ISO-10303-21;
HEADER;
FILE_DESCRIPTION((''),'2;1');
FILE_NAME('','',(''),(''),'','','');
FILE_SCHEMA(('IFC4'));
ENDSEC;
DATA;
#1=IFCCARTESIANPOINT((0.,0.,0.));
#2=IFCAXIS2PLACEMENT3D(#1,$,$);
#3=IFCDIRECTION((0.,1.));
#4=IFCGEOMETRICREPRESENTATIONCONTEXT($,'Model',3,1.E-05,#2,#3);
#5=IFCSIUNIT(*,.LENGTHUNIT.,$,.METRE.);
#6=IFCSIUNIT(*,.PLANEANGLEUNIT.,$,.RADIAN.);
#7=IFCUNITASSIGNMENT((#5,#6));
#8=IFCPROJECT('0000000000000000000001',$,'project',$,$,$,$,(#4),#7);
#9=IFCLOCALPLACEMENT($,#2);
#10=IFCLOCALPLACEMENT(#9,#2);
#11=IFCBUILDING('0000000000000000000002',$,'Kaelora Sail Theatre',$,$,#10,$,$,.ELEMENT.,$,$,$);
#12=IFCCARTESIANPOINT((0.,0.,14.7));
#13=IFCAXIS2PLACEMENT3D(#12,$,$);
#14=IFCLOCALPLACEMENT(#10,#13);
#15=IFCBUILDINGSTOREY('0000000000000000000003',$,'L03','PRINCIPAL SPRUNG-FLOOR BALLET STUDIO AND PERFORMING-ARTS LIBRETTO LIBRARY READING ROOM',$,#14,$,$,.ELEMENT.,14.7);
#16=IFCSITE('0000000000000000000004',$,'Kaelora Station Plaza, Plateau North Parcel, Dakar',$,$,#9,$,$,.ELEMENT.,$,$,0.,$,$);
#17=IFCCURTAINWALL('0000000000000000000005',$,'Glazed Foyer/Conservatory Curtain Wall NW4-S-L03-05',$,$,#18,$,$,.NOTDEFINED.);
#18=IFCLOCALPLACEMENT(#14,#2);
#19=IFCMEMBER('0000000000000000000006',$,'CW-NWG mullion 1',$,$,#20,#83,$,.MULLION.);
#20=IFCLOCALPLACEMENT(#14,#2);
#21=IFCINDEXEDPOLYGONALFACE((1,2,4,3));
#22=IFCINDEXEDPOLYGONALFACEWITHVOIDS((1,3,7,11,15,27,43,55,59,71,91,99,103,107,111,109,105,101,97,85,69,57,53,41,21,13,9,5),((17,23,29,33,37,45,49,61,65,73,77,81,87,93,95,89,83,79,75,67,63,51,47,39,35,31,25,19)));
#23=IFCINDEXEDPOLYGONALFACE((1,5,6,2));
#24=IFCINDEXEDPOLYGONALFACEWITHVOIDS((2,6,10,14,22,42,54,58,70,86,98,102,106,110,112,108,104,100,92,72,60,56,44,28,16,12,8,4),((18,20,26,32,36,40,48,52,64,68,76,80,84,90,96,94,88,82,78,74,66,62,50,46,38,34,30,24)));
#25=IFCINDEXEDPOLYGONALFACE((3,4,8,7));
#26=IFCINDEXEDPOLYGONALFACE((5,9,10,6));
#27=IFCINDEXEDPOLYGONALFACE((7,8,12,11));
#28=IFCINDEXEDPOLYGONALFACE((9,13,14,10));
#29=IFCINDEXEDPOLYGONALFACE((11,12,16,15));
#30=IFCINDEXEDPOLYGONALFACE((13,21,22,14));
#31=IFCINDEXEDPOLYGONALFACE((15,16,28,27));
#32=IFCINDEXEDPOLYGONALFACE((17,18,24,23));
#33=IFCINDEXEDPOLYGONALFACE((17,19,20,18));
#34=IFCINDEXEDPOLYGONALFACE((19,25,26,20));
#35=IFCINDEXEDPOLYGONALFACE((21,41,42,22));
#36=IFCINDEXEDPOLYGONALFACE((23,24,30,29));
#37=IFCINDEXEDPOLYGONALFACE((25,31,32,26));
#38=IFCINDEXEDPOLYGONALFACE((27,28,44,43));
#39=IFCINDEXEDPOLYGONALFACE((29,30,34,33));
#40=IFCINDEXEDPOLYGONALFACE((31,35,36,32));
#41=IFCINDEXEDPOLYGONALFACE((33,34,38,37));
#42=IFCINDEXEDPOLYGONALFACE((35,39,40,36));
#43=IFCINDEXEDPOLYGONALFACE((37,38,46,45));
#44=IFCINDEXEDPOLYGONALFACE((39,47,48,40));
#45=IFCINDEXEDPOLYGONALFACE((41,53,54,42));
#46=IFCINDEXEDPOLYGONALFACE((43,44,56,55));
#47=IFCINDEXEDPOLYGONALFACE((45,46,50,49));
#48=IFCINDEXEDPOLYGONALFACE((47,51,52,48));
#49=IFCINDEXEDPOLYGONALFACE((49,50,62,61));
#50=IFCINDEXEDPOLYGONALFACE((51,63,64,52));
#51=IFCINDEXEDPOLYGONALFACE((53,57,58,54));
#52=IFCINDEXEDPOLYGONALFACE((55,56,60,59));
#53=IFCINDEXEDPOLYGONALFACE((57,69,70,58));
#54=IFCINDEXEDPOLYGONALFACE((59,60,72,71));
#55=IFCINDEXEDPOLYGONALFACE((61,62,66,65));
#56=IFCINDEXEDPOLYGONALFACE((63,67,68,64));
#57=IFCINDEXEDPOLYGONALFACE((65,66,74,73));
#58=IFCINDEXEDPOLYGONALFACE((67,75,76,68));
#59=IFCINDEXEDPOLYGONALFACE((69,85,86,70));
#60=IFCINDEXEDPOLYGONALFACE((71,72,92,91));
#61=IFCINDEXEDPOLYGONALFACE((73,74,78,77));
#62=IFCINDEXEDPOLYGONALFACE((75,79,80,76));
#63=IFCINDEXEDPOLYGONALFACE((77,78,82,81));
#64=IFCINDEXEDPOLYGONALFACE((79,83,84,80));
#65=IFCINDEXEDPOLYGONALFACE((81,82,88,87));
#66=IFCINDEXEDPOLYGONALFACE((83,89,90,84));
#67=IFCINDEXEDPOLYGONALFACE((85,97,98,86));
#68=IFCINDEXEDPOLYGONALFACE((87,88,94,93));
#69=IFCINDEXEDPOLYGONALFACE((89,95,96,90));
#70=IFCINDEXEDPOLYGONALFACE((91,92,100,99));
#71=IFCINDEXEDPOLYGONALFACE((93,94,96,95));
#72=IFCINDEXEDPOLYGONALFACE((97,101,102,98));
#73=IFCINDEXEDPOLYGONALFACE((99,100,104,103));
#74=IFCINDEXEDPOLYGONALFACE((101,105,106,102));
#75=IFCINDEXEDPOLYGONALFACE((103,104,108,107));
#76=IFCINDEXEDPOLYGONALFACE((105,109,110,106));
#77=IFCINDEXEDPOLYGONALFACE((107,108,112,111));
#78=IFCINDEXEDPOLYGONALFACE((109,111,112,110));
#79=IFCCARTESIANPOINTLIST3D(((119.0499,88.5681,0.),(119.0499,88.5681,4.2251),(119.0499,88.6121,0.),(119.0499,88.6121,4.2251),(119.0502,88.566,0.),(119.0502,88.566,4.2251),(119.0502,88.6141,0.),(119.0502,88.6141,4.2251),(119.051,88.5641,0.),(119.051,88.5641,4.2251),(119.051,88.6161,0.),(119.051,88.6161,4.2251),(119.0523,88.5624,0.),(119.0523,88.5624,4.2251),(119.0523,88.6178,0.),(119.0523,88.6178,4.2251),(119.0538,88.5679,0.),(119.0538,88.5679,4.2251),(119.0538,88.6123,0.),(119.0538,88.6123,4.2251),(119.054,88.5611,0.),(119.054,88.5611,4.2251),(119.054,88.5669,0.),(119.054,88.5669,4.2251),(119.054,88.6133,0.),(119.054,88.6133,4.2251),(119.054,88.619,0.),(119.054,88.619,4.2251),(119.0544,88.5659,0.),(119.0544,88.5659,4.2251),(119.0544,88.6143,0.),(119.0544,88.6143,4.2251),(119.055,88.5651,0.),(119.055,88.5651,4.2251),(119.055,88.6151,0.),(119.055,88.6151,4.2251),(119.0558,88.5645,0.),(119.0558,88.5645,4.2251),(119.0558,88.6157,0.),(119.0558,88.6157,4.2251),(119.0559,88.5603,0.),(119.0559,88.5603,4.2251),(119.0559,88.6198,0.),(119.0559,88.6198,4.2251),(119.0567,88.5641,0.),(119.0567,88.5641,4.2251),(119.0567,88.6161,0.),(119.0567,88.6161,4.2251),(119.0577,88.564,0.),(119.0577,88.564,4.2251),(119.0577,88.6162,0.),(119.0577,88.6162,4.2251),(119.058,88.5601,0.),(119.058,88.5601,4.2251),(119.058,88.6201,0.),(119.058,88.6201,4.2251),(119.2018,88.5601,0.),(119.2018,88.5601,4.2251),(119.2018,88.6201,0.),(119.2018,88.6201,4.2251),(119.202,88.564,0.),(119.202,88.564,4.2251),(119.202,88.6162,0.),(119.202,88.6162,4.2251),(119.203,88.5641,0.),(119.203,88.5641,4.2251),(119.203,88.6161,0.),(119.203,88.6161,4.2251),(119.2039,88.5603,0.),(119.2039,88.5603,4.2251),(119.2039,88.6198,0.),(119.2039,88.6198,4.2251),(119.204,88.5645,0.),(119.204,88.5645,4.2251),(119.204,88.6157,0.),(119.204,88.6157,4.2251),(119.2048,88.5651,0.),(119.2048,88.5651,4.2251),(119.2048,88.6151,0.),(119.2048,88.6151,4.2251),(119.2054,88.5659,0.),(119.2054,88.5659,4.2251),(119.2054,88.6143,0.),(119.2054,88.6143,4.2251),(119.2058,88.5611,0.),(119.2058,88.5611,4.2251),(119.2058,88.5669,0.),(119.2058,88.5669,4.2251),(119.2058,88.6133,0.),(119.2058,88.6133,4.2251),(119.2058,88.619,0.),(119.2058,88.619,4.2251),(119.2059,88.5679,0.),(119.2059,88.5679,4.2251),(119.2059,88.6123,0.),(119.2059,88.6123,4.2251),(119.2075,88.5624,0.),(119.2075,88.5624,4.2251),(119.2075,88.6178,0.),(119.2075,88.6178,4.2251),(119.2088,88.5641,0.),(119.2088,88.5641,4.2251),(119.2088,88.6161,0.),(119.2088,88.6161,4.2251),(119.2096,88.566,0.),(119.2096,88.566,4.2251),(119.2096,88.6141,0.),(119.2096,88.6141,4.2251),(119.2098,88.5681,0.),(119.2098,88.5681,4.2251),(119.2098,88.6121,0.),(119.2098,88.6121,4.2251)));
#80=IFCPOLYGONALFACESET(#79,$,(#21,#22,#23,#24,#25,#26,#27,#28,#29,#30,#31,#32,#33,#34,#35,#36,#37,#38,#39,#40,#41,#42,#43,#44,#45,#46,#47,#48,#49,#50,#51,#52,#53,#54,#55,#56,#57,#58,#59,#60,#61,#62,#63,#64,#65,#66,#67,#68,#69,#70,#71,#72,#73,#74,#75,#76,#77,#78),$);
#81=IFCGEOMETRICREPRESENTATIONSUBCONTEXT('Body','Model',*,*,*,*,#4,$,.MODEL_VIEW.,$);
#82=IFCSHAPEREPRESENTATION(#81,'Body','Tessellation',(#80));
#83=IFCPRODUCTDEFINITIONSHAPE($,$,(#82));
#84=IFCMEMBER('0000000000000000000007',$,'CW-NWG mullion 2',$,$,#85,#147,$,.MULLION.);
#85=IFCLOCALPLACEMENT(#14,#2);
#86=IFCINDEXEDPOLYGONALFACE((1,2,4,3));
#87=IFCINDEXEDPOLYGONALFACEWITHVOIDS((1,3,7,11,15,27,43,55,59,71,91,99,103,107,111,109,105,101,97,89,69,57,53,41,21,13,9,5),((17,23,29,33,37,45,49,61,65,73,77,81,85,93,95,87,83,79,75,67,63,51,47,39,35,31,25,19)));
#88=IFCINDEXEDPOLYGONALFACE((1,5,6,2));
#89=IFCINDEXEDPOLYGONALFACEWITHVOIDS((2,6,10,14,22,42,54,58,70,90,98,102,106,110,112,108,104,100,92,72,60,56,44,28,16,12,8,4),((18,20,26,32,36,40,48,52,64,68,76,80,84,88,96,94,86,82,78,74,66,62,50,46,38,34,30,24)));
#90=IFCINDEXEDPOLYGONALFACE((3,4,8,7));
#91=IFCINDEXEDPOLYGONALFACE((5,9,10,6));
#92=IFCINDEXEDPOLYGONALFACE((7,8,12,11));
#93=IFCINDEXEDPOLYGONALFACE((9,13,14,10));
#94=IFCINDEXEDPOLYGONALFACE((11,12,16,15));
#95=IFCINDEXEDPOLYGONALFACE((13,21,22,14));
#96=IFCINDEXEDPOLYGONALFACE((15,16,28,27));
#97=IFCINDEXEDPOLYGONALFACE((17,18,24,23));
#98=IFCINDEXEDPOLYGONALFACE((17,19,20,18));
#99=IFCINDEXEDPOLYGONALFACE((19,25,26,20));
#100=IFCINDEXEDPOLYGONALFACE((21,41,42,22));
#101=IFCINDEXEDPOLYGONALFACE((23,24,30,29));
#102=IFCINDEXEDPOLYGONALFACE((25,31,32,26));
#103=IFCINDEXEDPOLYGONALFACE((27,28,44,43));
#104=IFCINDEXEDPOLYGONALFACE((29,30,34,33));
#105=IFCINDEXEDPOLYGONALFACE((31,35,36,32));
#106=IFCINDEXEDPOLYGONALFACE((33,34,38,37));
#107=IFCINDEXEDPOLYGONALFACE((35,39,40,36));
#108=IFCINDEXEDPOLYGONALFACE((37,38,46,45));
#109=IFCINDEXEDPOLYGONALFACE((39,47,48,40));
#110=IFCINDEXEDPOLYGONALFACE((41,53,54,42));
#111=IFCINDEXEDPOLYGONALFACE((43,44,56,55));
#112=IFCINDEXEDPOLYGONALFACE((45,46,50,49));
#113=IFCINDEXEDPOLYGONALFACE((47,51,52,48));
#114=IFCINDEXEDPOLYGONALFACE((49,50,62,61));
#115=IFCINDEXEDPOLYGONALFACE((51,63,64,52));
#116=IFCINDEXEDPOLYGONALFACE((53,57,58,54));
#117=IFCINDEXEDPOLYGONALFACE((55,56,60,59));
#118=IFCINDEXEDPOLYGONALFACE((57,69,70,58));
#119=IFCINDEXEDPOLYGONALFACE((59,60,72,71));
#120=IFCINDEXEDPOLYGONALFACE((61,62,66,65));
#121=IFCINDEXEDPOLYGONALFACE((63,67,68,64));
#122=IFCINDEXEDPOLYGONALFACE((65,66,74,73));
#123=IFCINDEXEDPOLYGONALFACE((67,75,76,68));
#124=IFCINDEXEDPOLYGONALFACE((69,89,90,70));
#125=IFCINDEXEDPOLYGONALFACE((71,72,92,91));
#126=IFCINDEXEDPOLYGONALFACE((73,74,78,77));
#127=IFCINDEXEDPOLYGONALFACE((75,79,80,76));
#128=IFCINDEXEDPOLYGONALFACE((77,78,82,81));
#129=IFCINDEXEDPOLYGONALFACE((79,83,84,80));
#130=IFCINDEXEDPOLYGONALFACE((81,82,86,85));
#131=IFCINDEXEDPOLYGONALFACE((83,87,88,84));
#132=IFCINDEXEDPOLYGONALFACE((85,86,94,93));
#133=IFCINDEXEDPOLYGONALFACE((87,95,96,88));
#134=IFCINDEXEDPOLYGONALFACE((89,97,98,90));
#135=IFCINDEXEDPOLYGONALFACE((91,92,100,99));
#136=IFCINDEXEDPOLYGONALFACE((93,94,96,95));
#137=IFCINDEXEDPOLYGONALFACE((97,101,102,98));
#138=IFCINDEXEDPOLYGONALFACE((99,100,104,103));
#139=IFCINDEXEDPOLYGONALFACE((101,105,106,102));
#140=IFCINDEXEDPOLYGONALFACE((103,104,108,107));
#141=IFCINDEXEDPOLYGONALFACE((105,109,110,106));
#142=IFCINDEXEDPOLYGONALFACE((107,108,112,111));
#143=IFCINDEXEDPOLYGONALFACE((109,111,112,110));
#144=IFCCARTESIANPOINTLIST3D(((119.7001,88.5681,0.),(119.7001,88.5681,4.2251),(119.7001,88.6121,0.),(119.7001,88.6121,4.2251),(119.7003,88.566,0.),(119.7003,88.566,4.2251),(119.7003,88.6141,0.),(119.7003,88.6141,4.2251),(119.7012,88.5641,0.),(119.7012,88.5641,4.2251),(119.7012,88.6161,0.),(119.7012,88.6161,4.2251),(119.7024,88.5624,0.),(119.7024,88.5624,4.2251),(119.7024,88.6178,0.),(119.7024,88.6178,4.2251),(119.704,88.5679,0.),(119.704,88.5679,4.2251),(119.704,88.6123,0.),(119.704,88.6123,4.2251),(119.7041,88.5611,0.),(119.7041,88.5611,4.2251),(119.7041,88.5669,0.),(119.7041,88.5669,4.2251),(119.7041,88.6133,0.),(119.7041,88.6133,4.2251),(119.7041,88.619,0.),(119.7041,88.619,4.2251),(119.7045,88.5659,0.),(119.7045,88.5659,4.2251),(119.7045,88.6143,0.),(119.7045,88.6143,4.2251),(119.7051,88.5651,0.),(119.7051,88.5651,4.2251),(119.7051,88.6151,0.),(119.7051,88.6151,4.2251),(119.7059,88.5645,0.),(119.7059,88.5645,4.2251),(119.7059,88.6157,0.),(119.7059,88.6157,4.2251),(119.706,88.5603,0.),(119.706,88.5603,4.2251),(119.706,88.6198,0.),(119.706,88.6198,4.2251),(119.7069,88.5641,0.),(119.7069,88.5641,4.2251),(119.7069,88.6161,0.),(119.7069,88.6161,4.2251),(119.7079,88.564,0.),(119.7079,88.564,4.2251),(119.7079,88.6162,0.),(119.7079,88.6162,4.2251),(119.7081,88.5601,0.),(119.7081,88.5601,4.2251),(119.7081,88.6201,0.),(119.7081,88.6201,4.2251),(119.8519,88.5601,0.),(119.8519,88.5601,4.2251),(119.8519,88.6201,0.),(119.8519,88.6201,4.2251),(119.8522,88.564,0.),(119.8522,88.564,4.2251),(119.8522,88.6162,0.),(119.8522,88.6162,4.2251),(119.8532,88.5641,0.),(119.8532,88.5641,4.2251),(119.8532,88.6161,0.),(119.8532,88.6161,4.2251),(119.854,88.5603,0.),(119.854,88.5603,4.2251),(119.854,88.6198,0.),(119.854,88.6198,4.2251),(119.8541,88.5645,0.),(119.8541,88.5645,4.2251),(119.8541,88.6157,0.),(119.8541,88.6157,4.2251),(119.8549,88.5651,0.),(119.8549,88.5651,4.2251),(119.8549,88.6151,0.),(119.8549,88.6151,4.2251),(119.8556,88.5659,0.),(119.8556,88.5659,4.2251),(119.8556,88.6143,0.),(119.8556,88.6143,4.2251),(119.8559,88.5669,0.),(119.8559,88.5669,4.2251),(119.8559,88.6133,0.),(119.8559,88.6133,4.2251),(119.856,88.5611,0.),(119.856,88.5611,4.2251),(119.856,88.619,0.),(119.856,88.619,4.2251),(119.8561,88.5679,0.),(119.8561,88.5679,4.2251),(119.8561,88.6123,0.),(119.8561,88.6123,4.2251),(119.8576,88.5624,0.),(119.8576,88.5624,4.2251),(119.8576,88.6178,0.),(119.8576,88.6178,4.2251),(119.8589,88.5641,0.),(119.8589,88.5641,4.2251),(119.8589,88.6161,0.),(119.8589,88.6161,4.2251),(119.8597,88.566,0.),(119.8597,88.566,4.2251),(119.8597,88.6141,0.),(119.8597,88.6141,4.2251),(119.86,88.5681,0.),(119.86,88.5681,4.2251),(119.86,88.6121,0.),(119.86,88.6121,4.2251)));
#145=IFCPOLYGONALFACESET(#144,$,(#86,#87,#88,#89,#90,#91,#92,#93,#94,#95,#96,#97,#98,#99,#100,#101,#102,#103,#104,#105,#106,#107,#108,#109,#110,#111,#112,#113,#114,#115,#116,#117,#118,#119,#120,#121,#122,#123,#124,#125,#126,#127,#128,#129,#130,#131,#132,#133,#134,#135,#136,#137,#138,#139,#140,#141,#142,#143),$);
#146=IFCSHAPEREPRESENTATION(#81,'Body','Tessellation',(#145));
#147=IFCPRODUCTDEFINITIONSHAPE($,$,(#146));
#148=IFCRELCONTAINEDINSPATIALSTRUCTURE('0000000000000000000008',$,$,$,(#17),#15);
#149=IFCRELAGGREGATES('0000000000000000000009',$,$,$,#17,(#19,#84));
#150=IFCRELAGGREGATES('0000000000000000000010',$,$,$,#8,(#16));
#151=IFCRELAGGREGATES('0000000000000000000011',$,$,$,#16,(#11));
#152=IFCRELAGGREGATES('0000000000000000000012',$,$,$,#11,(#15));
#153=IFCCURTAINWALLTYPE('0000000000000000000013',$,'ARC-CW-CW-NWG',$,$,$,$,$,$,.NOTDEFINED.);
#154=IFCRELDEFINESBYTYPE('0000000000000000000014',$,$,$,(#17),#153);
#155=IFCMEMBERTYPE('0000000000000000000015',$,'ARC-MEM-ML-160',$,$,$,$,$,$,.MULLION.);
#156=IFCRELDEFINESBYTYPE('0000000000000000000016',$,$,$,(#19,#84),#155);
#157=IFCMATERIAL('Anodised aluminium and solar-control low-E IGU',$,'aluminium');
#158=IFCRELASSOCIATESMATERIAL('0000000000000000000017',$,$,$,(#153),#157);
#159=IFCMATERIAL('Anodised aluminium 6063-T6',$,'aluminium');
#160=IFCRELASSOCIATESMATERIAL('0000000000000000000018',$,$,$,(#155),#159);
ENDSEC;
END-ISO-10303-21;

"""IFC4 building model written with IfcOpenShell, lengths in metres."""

from ifc_helpers import new_model, si_unit, direction, frame, origin, origin_2d, place, context, subcontext, project, spatial, hollow_rectangle, extrude, material, material_profile, profile_set, type_object, element, aggregate, save


model = new_model("IFC4")

# Units and contexts
model_context = context("Model", 3, precision=1e-05, world=origin(), true_north=direction((0.0, 1.0)))
body_context = subcontext(model_context, "Body", "Model", "MODEL_VIEW")
ifc_project = project(units=[si_unit("LENGTHUNIT", "METRE"), si_unit("PLANEANGLEUNIT", "RADIAN")], contexts=[model_context])

# Site, building, storey
site_placement = place(None, origin())
site = spatial("IfcSite", under=ifc_project, at=site_placement, Name="Kaelora Station Plaza, Plateau North Parcel, Dakar", CompositionType="ELEMENT", RefElevation=0.0)
building_placement = place(site_placement, origin())
building = spatial("IfcBuilding", under=site, at=building_placement, Name="Kaelora Sail Theatre", CompositionType="ELEMENT")
storey_placement = place(building_placement, frame((0.0, 0.0, 14.7)))
storey = spatial("IfcBuildingStorey", under=building, at=storey_placement, Name="L03", Description="PRINCIPAL SPRUNG-FLOOR BALLET STUDIO AND PERFORMING-ARTS LIBRETTO LIBRARY READING ROOM", CompositionType="ELEMENT", Elevation=14.7)

# Curtain wall, members
ifc_material_1 = material(Name="Anodised aluminium and solar-control low-E IGU", Category="aluminium")
curtain_wall_type = type_object("IfcCurtainWallType", Name="ARC-CW-CW-NWG", PredefinedType="NOTDEFINED", material=ifc_material_1)
ifc_material_2 = material(Name="Anodised aluminium 6063-T6", Category="aluminium")
ifc_material_profile_1 = material_profile(ifc_material_2, hollow_rectangle(XDim=0.0601, YDim=0.1599, WallThickness=0.0039, InnerFilletRadius=0.0039, OuterFilletRadius=0.0081, at=origin_2d()), Name="ALU-MULL 60x160x4")
ifc_profile_set_1 = profile_set([ifc_material_profile_1], Name="Anodised aluminium 6063-T6")
member_type_1 = type_object("IfcMemberType", Name="ARC-MEM-ML-160", PredefinedType="MULLION", material=ifc_profile_set_1)
curtain_wall_1_placement = place(storey_placement, origin())
curtain_wall_1 = element("IfcCurtainWall", 1, at=curtain_wall_1_placement, inside=storey, type_object=curtain_wall_type, Name="Glazed Foyer/Conservatory Curtain Wall NW4-S-L03-05", PredefinedType="NOTDEFINED")
member_1_placement = place(storey_placement, frame((119.1299, 88.5901, 0.0), z_axis=(0.0, 0.0, 1.0), x_axis=(0.0, 1.0, 0.0)))
member_1 = element("IfcMember", 2, at=member_1_placement, type_object=member_type_1, Name="CW-NWG mullion 1", PredefinedType="MULLION", context=body_context, shape_type="SweptSolid", body=[
    extrude(hollow_rectangle(XDim=0.0601, YDim=0.1599, WallThickness=0.0039, InnerFilletRadius=0.0039, OuterFilletRadius=0.0081, at=origin_2d()), origin(), (0.0, 0.0, 1.0), 4.2251),
])
member_2_placement = place(storey_placement, frame((119.78, 88.5901, 0.0), z_axis=(0.0, 0.0, 1.0), x_axis=(0.0, 1.0, 0.0)))
member_2 = element("IfcMember", 3, at=member_2_placement, type_object=member_type_1, Name="CW-NWG mullion 2", PredefinedType="MULLION", context=body_context, shape_type="SweptSolid", body=[
    extrude(hollow_rectangle(XDim=0.0601, YDim=0.1599, WallThickness=0.0039, InnerFilletRadius=0.0039, OuterFilletRadius=0.0081, at=origin_2d()), origin(), (0.0, 0.0, 1.0), 4.2251),
])

aggregate(curtain_wall_1, [member_1, member_2])

save(model, "model.ifc")
